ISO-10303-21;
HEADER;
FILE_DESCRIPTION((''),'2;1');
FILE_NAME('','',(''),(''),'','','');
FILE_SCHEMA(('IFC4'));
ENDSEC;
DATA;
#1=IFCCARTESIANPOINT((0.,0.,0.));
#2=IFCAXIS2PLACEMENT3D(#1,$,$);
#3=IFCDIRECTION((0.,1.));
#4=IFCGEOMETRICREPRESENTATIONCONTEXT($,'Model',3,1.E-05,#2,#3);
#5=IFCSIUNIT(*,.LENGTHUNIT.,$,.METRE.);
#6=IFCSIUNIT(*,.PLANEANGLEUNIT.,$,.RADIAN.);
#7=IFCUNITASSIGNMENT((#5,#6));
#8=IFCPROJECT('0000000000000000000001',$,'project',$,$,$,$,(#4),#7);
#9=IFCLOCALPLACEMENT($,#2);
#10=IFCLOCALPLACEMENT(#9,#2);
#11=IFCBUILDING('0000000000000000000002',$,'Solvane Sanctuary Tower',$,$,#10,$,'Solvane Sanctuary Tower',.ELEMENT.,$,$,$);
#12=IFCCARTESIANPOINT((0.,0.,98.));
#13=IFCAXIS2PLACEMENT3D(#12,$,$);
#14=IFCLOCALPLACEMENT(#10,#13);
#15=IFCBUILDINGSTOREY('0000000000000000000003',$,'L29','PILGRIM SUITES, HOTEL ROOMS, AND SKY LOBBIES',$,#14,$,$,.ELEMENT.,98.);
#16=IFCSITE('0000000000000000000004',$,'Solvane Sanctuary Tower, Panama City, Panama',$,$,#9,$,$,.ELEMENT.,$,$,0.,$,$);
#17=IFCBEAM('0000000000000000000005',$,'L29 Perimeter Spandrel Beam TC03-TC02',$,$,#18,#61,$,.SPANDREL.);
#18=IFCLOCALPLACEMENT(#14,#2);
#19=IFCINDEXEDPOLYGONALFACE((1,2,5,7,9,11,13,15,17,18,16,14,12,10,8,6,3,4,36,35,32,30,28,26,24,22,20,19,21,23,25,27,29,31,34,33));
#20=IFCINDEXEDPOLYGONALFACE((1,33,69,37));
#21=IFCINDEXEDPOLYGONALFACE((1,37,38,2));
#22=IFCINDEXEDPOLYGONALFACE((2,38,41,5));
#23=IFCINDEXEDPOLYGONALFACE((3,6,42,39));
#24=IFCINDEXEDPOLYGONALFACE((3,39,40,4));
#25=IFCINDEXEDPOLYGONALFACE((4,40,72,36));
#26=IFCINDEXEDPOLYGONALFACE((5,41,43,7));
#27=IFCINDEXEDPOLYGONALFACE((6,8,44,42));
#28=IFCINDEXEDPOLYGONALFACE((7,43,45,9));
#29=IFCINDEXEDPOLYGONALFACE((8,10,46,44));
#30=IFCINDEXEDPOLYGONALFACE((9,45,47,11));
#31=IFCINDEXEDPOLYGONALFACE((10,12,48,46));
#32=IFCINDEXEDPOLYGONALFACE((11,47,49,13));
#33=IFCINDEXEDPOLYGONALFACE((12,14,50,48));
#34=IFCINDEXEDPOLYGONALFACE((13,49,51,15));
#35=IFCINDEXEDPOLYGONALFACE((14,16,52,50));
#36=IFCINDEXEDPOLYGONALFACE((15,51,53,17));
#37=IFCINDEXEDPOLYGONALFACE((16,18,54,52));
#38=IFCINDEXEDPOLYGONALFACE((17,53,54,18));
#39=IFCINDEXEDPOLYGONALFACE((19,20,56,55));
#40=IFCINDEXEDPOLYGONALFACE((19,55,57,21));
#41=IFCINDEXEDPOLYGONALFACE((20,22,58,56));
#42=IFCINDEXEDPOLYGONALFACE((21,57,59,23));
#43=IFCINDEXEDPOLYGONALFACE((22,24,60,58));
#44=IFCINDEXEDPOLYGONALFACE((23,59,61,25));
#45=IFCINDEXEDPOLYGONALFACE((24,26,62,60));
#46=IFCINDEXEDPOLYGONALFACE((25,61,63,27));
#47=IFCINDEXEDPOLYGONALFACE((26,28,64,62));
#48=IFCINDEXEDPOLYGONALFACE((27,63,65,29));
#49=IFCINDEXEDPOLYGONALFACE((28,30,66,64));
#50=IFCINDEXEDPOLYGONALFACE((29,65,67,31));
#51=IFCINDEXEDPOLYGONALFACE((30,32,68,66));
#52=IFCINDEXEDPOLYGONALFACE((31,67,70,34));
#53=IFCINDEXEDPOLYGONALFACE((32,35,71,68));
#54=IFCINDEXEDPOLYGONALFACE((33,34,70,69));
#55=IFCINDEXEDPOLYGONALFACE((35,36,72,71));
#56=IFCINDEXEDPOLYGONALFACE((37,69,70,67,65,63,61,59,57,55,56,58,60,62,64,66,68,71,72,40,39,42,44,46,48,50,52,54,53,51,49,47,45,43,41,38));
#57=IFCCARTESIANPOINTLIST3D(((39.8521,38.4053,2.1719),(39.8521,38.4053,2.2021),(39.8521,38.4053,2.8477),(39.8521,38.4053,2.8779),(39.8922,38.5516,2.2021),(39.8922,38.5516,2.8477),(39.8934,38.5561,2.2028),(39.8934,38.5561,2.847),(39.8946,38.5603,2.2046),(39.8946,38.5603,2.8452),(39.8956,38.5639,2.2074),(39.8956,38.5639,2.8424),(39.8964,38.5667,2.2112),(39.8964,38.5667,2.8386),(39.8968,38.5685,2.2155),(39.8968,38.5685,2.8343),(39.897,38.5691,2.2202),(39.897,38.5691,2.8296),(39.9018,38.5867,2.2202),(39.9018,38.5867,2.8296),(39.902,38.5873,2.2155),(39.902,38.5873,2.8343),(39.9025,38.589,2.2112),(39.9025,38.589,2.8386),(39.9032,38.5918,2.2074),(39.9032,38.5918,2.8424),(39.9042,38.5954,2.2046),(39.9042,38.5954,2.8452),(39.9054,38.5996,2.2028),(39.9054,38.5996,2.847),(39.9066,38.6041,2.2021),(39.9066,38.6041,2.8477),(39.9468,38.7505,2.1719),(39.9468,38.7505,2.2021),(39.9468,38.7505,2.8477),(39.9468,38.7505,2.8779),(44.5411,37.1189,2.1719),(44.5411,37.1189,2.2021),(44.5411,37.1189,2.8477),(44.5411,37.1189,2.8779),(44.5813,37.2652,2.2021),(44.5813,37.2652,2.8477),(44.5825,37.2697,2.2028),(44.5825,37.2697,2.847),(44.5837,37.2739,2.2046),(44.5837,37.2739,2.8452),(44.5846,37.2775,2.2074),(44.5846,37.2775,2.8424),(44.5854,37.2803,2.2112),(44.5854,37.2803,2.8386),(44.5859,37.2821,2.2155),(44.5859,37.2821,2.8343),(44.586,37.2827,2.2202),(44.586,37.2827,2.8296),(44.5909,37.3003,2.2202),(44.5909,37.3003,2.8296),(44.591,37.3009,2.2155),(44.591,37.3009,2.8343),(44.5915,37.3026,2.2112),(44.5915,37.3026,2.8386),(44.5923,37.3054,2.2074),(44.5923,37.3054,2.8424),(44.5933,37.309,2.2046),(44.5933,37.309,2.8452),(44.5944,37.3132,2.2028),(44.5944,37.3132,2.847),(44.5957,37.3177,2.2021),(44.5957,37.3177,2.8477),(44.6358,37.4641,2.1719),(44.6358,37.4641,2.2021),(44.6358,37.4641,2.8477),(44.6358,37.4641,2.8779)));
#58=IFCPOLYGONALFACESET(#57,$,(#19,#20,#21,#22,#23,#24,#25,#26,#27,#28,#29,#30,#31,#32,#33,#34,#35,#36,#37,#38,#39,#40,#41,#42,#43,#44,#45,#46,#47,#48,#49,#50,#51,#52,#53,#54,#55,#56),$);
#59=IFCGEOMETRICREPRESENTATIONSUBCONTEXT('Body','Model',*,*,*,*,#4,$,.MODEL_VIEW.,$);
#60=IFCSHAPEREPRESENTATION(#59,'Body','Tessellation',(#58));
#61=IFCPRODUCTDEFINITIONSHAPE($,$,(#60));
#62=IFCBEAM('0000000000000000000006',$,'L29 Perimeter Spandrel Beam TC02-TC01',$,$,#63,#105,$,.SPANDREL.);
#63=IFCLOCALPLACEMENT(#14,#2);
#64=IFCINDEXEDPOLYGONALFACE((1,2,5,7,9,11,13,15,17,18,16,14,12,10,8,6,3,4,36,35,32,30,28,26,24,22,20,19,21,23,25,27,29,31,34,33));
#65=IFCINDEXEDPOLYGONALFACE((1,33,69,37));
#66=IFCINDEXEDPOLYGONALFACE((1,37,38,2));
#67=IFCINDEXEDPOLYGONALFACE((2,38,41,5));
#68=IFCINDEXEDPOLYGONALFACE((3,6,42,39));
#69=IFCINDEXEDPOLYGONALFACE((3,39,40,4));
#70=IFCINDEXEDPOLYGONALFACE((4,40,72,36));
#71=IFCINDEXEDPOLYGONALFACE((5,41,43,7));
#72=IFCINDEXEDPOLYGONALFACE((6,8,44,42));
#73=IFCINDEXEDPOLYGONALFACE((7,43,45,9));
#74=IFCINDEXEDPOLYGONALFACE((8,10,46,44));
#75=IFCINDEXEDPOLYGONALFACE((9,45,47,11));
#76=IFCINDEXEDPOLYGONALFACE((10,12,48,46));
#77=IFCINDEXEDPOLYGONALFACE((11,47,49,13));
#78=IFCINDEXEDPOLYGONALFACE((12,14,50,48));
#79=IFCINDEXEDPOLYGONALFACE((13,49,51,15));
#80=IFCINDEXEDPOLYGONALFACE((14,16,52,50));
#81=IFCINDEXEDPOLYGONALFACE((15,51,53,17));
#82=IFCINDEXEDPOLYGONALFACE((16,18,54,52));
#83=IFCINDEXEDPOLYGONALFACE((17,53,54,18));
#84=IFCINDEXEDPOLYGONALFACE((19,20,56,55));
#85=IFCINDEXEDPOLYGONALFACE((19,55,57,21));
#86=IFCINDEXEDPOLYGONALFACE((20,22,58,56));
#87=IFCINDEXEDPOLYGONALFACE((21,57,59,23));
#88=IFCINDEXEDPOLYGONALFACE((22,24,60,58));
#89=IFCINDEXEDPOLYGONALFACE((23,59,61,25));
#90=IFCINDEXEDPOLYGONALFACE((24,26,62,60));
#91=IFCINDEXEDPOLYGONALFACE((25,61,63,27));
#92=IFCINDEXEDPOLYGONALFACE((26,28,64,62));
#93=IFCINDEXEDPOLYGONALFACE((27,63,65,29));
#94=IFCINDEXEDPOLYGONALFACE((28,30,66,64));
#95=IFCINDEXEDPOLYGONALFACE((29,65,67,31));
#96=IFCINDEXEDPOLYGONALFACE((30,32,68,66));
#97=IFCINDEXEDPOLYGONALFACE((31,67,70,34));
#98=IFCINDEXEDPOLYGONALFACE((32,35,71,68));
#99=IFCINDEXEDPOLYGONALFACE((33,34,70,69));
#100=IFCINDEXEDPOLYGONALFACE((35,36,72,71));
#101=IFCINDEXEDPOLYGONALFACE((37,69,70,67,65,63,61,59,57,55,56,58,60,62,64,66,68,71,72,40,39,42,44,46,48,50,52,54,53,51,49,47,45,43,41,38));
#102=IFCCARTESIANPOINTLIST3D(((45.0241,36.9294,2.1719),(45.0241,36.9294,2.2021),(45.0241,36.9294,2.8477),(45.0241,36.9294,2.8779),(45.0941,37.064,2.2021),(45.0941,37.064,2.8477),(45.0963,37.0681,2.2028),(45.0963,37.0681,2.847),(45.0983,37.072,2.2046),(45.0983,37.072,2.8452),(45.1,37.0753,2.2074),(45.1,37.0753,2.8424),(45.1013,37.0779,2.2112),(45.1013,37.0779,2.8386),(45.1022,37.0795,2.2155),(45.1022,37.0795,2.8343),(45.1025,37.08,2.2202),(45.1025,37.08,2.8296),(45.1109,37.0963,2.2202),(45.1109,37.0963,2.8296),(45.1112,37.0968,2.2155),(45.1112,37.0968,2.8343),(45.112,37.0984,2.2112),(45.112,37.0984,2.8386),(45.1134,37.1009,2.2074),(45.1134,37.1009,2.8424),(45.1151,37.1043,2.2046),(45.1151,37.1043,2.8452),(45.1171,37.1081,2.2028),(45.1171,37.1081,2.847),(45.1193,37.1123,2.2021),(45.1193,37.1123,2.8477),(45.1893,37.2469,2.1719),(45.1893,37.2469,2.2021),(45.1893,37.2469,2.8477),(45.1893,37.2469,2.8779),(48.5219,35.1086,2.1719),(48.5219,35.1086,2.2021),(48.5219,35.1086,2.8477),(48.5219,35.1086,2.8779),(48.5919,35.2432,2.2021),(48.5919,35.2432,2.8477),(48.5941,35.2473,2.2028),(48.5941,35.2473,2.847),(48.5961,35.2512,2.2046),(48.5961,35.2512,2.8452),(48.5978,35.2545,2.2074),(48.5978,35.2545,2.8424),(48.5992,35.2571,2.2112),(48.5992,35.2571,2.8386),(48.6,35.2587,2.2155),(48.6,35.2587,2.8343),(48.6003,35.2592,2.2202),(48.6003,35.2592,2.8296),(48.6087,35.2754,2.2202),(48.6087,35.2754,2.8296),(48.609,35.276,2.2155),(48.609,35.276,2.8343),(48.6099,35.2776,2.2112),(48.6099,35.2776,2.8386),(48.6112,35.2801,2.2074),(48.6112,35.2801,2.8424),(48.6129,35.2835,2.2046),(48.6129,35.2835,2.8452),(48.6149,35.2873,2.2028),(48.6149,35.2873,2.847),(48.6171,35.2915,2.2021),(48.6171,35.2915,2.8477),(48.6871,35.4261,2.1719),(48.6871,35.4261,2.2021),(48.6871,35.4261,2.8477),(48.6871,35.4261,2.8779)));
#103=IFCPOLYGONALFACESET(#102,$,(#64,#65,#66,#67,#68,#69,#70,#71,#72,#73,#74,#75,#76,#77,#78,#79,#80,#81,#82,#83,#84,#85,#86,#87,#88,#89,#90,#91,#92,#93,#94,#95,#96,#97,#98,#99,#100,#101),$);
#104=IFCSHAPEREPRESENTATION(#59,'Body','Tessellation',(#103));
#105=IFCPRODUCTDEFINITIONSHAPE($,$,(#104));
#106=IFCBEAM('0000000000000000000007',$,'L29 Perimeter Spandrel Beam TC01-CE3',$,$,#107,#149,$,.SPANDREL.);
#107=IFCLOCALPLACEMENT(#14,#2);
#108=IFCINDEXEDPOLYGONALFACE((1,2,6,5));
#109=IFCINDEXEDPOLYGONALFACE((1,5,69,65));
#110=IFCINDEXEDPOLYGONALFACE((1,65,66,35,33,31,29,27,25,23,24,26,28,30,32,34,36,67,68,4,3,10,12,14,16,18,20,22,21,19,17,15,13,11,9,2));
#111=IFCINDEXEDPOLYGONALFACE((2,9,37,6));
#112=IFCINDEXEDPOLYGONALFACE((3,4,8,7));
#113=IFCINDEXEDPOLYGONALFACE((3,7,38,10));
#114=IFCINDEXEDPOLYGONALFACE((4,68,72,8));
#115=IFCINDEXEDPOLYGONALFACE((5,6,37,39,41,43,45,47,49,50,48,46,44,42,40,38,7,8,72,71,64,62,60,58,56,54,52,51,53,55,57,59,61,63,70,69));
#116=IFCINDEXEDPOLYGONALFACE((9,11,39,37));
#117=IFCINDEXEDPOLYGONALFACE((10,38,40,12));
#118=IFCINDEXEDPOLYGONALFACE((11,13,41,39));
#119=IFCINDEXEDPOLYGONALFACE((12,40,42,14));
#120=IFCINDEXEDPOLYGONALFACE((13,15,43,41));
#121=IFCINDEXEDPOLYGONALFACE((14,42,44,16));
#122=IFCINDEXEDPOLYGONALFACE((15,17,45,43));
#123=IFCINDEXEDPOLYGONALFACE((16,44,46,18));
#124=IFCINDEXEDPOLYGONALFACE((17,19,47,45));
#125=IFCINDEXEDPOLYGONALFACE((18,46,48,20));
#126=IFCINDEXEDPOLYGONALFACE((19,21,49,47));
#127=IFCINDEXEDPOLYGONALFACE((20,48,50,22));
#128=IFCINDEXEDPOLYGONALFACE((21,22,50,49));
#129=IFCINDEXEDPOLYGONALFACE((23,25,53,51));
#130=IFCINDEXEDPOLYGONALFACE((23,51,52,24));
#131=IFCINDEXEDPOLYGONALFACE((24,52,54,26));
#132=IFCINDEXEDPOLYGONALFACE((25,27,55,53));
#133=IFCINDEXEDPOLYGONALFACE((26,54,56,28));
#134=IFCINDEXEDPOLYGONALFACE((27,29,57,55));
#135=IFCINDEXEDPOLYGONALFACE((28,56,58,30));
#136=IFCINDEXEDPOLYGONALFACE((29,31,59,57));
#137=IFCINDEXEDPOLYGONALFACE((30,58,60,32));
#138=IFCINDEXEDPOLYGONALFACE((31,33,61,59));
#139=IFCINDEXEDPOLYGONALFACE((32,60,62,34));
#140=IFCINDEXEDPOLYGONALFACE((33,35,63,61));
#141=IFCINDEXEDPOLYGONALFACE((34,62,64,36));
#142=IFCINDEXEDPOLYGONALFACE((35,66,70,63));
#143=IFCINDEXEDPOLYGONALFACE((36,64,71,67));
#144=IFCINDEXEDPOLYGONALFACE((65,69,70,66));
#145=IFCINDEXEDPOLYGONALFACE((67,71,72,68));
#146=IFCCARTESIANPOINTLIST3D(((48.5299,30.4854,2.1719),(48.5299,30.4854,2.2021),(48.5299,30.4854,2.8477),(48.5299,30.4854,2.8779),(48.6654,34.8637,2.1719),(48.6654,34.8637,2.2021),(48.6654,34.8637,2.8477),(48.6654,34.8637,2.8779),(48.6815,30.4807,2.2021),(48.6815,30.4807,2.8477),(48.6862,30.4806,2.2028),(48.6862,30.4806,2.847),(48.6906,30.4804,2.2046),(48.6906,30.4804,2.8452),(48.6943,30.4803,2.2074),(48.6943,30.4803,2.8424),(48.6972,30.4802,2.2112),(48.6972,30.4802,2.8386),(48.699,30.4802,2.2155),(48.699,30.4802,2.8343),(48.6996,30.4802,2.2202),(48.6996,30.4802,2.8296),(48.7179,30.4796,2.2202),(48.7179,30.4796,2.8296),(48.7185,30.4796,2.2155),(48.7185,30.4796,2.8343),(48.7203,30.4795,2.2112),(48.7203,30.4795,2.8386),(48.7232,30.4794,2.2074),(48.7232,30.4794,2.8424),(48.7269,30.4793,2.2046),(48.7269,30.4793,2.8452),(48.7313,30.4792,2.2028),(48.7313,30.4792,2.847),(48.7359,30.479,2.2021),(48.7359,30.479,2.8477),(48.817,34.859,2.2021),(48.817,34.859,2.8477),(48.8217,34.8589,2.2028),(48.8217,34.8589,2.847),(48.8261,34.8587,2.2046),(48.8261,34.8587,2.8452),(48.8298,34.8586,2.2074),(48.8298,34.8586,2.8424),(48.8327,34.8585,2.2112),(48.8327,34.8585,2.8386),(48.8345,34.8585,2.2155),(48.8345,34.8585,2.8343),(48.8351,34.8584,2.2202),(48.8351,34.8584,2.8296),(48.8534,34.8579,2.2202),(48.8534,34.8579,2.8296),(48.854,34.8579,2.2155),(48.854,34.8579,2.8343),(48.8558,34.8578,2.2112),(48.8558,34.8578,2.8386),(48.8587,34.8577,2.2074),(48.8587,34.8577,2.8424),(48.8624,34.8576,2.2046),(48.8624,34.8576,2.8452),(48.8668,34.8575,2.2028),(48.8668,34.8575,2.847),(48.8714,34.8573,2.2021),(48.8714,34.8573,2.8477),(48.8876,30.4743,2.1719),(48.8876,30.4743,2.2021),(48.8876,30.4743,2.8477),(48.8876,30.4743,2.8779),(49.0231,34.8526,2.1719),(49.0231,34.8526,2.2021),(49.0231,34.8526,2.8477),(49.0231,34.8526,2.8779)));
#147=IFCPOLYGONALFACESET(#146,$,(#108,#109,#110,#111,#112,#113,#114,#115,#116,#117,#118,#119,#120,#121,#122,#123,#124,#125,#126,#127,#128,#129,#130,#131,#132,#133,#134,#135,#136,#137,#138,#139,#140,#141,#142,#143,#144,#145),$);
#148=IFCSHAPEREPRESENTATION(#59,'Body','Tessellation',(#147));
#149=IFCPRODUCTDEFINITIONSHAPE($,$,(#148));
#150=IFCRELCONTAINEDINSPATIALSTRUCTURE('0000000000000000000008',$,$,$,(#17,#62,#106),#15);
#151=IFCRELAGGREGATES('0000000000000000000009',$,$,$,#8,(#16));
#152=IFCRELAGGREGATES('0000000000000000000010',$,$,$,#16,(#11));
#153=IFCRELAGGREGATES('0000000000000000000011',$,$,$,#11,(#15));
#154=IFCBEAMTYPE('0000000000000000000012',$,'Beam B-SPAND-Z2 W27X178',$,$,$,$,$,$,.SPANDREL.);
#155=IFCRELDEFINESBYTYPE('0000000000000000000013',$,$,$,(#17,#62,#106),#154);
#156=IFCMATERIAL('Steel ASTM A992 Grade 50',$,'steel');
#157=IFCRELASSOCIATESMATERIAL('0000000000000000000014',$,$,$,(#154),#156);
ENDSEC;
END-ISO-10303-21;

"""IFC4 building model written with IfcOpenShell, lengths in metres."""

from ifc_helpers import new_model, si_unit, direction, frame, origin, origin_2d, place, context, subcontext, project, spatial, i_section, extrude, material, material_profile, profile_set, type_object, element, save


model = new_model("IFC4")

# Units and contexts
model_context = context("Model", 3, precision=1e-05, world=origin(), true_north=direction((0.0, 1.0)))
body_context = subcontext(model_context, "Body", "Model", "MODEL_VIEW")
ifc_project = project(units=[si_unit("LENGTHUNIT", "METRE"), si_unit("PLANEANGLEUNIT", "RADIAN")], contexts=[model_context])

# Site, building, storey
site_placement = place(None, origin())
site = spatial("IfcSite", under=ifc_project, at=site_placement, Name="Solvane Sanctuary Tower, Panama City, Panama", CompositionType="ELEMENT", RefElevation=0.0)
building_placement = place(site_placement, origin())
building = spatial("IfcBuilding", under=site, at=building_placement, Name="Solvane Sanctuary Tower", LongName="Solvane Sanctuary Tower", CompositionType="ELEMENT")
storey_placement = place(building_placement, frame((0.0, 0.0, 98.0)))
storey = spatial("IfcBuildingStorey", under=building, at=storey_placement, Name="L29", Description="PILGRIM SUITES, HOTEL ROOMS, AND SKY LOBBIES", CompositionType="ELEMENT", Elevation=98.0)

# Beams
ifc_material_1 = material(Name="Steel ASTM A992 Grade 50", Category="steel")
ifc_material_profile_1 = material_profile(ifc_material_1, i_section(OverallWidth=0.3579, OverallDepth=0.7061, WebThickness=0.0183, FlangeThickness=0.0303, FilletRadius=0.0181, at=origin_2d()), Name="W27X178")
ifc_profile_set_1 = profile_set([ifc_material_profile_1], Name="Steel ASTM A992 Grade 50")
beam_type_1 = type_object("IfcBeamType", Name="Beam B-SPAND-Z2 W27X178", PredefinedType="SPANDREL", material=ifc_profile_set_1)
beam_1_placement = place(storey_placement, frame((39.8994, 38.5779, 2.5249), z_axis=(0.964368, -0.264566, 0.0), x_axis=(0.264566, 0.964368, 0.0)))
element("IfcBeam", 1, at=beam_1_placement, inside=storey, type_object=beam_type_1, Name="L29 Perimeter Spandrel Beam TC03-TC02", PredefinedType="SPANDREL", context=body_context, shape_type="SweptSolid", body=[
    extrude(i_section(OverallWidth=0.3579, OverallDepth=0.7061, WebThickness=0.0183, FlangeThickness=0.0303, FilletRadius=0.0181, at=origin_2d()), origin(), (0.0, 0.0, 1.0), 4.8623),
])
beam_2_placement = place(storey_placement, frame((45.1067, 37.0881, 2.5249), z_axis=(0.887015, -0.461741, 0.0), x_axis=(0.461741, 0.887015, 0.0)))
element("IfcBeam", 2, at=beam_2_placement, inside=storey, type_object=beam_type_1, Name="L29 Perimeter Spandrel Beam TC02-TC01", PredefinedType="SPANDREL", context=body_context, shape_type="SweptSolid", body=[
    extrude(i_section(OverallWidth=0.3579, OverallDepth=0.7061, WebThickness=0.0183, FlangeThickness=0.0303, FilletRadius=0.0181, at=origin_2d()), origin(), (0.0, 0.0, 1.0), 3.9434),
])
beam_3_placement = place(storey_placement, frame((48.8442, 34.8582, 2.5249), z_axis=(-0.030934, -0.999521, 0.0), x_axis=(0.999521, -0.030934, 0.0)))
element("IfcBeam", 3, at=beam_3_placement, inside=storey, type_object=beam_type_1, Name="L29 Perimeter Spandrel Beam TC01-CE3", PredefinedType="SPANDREL", context=body_context, shape_type="SweptSolid", body=[
    extrude(i_section(OverallWidth=0.3579, OverallDepth=0.7061, WebThickness=0.0183, FlangeThickness=0.0303, FilletRadius=0.0181, at=origin_2d()), origin(), (0.0, 0.0, 1.0), 4.3804),
])

save(model, "model.ifc")
